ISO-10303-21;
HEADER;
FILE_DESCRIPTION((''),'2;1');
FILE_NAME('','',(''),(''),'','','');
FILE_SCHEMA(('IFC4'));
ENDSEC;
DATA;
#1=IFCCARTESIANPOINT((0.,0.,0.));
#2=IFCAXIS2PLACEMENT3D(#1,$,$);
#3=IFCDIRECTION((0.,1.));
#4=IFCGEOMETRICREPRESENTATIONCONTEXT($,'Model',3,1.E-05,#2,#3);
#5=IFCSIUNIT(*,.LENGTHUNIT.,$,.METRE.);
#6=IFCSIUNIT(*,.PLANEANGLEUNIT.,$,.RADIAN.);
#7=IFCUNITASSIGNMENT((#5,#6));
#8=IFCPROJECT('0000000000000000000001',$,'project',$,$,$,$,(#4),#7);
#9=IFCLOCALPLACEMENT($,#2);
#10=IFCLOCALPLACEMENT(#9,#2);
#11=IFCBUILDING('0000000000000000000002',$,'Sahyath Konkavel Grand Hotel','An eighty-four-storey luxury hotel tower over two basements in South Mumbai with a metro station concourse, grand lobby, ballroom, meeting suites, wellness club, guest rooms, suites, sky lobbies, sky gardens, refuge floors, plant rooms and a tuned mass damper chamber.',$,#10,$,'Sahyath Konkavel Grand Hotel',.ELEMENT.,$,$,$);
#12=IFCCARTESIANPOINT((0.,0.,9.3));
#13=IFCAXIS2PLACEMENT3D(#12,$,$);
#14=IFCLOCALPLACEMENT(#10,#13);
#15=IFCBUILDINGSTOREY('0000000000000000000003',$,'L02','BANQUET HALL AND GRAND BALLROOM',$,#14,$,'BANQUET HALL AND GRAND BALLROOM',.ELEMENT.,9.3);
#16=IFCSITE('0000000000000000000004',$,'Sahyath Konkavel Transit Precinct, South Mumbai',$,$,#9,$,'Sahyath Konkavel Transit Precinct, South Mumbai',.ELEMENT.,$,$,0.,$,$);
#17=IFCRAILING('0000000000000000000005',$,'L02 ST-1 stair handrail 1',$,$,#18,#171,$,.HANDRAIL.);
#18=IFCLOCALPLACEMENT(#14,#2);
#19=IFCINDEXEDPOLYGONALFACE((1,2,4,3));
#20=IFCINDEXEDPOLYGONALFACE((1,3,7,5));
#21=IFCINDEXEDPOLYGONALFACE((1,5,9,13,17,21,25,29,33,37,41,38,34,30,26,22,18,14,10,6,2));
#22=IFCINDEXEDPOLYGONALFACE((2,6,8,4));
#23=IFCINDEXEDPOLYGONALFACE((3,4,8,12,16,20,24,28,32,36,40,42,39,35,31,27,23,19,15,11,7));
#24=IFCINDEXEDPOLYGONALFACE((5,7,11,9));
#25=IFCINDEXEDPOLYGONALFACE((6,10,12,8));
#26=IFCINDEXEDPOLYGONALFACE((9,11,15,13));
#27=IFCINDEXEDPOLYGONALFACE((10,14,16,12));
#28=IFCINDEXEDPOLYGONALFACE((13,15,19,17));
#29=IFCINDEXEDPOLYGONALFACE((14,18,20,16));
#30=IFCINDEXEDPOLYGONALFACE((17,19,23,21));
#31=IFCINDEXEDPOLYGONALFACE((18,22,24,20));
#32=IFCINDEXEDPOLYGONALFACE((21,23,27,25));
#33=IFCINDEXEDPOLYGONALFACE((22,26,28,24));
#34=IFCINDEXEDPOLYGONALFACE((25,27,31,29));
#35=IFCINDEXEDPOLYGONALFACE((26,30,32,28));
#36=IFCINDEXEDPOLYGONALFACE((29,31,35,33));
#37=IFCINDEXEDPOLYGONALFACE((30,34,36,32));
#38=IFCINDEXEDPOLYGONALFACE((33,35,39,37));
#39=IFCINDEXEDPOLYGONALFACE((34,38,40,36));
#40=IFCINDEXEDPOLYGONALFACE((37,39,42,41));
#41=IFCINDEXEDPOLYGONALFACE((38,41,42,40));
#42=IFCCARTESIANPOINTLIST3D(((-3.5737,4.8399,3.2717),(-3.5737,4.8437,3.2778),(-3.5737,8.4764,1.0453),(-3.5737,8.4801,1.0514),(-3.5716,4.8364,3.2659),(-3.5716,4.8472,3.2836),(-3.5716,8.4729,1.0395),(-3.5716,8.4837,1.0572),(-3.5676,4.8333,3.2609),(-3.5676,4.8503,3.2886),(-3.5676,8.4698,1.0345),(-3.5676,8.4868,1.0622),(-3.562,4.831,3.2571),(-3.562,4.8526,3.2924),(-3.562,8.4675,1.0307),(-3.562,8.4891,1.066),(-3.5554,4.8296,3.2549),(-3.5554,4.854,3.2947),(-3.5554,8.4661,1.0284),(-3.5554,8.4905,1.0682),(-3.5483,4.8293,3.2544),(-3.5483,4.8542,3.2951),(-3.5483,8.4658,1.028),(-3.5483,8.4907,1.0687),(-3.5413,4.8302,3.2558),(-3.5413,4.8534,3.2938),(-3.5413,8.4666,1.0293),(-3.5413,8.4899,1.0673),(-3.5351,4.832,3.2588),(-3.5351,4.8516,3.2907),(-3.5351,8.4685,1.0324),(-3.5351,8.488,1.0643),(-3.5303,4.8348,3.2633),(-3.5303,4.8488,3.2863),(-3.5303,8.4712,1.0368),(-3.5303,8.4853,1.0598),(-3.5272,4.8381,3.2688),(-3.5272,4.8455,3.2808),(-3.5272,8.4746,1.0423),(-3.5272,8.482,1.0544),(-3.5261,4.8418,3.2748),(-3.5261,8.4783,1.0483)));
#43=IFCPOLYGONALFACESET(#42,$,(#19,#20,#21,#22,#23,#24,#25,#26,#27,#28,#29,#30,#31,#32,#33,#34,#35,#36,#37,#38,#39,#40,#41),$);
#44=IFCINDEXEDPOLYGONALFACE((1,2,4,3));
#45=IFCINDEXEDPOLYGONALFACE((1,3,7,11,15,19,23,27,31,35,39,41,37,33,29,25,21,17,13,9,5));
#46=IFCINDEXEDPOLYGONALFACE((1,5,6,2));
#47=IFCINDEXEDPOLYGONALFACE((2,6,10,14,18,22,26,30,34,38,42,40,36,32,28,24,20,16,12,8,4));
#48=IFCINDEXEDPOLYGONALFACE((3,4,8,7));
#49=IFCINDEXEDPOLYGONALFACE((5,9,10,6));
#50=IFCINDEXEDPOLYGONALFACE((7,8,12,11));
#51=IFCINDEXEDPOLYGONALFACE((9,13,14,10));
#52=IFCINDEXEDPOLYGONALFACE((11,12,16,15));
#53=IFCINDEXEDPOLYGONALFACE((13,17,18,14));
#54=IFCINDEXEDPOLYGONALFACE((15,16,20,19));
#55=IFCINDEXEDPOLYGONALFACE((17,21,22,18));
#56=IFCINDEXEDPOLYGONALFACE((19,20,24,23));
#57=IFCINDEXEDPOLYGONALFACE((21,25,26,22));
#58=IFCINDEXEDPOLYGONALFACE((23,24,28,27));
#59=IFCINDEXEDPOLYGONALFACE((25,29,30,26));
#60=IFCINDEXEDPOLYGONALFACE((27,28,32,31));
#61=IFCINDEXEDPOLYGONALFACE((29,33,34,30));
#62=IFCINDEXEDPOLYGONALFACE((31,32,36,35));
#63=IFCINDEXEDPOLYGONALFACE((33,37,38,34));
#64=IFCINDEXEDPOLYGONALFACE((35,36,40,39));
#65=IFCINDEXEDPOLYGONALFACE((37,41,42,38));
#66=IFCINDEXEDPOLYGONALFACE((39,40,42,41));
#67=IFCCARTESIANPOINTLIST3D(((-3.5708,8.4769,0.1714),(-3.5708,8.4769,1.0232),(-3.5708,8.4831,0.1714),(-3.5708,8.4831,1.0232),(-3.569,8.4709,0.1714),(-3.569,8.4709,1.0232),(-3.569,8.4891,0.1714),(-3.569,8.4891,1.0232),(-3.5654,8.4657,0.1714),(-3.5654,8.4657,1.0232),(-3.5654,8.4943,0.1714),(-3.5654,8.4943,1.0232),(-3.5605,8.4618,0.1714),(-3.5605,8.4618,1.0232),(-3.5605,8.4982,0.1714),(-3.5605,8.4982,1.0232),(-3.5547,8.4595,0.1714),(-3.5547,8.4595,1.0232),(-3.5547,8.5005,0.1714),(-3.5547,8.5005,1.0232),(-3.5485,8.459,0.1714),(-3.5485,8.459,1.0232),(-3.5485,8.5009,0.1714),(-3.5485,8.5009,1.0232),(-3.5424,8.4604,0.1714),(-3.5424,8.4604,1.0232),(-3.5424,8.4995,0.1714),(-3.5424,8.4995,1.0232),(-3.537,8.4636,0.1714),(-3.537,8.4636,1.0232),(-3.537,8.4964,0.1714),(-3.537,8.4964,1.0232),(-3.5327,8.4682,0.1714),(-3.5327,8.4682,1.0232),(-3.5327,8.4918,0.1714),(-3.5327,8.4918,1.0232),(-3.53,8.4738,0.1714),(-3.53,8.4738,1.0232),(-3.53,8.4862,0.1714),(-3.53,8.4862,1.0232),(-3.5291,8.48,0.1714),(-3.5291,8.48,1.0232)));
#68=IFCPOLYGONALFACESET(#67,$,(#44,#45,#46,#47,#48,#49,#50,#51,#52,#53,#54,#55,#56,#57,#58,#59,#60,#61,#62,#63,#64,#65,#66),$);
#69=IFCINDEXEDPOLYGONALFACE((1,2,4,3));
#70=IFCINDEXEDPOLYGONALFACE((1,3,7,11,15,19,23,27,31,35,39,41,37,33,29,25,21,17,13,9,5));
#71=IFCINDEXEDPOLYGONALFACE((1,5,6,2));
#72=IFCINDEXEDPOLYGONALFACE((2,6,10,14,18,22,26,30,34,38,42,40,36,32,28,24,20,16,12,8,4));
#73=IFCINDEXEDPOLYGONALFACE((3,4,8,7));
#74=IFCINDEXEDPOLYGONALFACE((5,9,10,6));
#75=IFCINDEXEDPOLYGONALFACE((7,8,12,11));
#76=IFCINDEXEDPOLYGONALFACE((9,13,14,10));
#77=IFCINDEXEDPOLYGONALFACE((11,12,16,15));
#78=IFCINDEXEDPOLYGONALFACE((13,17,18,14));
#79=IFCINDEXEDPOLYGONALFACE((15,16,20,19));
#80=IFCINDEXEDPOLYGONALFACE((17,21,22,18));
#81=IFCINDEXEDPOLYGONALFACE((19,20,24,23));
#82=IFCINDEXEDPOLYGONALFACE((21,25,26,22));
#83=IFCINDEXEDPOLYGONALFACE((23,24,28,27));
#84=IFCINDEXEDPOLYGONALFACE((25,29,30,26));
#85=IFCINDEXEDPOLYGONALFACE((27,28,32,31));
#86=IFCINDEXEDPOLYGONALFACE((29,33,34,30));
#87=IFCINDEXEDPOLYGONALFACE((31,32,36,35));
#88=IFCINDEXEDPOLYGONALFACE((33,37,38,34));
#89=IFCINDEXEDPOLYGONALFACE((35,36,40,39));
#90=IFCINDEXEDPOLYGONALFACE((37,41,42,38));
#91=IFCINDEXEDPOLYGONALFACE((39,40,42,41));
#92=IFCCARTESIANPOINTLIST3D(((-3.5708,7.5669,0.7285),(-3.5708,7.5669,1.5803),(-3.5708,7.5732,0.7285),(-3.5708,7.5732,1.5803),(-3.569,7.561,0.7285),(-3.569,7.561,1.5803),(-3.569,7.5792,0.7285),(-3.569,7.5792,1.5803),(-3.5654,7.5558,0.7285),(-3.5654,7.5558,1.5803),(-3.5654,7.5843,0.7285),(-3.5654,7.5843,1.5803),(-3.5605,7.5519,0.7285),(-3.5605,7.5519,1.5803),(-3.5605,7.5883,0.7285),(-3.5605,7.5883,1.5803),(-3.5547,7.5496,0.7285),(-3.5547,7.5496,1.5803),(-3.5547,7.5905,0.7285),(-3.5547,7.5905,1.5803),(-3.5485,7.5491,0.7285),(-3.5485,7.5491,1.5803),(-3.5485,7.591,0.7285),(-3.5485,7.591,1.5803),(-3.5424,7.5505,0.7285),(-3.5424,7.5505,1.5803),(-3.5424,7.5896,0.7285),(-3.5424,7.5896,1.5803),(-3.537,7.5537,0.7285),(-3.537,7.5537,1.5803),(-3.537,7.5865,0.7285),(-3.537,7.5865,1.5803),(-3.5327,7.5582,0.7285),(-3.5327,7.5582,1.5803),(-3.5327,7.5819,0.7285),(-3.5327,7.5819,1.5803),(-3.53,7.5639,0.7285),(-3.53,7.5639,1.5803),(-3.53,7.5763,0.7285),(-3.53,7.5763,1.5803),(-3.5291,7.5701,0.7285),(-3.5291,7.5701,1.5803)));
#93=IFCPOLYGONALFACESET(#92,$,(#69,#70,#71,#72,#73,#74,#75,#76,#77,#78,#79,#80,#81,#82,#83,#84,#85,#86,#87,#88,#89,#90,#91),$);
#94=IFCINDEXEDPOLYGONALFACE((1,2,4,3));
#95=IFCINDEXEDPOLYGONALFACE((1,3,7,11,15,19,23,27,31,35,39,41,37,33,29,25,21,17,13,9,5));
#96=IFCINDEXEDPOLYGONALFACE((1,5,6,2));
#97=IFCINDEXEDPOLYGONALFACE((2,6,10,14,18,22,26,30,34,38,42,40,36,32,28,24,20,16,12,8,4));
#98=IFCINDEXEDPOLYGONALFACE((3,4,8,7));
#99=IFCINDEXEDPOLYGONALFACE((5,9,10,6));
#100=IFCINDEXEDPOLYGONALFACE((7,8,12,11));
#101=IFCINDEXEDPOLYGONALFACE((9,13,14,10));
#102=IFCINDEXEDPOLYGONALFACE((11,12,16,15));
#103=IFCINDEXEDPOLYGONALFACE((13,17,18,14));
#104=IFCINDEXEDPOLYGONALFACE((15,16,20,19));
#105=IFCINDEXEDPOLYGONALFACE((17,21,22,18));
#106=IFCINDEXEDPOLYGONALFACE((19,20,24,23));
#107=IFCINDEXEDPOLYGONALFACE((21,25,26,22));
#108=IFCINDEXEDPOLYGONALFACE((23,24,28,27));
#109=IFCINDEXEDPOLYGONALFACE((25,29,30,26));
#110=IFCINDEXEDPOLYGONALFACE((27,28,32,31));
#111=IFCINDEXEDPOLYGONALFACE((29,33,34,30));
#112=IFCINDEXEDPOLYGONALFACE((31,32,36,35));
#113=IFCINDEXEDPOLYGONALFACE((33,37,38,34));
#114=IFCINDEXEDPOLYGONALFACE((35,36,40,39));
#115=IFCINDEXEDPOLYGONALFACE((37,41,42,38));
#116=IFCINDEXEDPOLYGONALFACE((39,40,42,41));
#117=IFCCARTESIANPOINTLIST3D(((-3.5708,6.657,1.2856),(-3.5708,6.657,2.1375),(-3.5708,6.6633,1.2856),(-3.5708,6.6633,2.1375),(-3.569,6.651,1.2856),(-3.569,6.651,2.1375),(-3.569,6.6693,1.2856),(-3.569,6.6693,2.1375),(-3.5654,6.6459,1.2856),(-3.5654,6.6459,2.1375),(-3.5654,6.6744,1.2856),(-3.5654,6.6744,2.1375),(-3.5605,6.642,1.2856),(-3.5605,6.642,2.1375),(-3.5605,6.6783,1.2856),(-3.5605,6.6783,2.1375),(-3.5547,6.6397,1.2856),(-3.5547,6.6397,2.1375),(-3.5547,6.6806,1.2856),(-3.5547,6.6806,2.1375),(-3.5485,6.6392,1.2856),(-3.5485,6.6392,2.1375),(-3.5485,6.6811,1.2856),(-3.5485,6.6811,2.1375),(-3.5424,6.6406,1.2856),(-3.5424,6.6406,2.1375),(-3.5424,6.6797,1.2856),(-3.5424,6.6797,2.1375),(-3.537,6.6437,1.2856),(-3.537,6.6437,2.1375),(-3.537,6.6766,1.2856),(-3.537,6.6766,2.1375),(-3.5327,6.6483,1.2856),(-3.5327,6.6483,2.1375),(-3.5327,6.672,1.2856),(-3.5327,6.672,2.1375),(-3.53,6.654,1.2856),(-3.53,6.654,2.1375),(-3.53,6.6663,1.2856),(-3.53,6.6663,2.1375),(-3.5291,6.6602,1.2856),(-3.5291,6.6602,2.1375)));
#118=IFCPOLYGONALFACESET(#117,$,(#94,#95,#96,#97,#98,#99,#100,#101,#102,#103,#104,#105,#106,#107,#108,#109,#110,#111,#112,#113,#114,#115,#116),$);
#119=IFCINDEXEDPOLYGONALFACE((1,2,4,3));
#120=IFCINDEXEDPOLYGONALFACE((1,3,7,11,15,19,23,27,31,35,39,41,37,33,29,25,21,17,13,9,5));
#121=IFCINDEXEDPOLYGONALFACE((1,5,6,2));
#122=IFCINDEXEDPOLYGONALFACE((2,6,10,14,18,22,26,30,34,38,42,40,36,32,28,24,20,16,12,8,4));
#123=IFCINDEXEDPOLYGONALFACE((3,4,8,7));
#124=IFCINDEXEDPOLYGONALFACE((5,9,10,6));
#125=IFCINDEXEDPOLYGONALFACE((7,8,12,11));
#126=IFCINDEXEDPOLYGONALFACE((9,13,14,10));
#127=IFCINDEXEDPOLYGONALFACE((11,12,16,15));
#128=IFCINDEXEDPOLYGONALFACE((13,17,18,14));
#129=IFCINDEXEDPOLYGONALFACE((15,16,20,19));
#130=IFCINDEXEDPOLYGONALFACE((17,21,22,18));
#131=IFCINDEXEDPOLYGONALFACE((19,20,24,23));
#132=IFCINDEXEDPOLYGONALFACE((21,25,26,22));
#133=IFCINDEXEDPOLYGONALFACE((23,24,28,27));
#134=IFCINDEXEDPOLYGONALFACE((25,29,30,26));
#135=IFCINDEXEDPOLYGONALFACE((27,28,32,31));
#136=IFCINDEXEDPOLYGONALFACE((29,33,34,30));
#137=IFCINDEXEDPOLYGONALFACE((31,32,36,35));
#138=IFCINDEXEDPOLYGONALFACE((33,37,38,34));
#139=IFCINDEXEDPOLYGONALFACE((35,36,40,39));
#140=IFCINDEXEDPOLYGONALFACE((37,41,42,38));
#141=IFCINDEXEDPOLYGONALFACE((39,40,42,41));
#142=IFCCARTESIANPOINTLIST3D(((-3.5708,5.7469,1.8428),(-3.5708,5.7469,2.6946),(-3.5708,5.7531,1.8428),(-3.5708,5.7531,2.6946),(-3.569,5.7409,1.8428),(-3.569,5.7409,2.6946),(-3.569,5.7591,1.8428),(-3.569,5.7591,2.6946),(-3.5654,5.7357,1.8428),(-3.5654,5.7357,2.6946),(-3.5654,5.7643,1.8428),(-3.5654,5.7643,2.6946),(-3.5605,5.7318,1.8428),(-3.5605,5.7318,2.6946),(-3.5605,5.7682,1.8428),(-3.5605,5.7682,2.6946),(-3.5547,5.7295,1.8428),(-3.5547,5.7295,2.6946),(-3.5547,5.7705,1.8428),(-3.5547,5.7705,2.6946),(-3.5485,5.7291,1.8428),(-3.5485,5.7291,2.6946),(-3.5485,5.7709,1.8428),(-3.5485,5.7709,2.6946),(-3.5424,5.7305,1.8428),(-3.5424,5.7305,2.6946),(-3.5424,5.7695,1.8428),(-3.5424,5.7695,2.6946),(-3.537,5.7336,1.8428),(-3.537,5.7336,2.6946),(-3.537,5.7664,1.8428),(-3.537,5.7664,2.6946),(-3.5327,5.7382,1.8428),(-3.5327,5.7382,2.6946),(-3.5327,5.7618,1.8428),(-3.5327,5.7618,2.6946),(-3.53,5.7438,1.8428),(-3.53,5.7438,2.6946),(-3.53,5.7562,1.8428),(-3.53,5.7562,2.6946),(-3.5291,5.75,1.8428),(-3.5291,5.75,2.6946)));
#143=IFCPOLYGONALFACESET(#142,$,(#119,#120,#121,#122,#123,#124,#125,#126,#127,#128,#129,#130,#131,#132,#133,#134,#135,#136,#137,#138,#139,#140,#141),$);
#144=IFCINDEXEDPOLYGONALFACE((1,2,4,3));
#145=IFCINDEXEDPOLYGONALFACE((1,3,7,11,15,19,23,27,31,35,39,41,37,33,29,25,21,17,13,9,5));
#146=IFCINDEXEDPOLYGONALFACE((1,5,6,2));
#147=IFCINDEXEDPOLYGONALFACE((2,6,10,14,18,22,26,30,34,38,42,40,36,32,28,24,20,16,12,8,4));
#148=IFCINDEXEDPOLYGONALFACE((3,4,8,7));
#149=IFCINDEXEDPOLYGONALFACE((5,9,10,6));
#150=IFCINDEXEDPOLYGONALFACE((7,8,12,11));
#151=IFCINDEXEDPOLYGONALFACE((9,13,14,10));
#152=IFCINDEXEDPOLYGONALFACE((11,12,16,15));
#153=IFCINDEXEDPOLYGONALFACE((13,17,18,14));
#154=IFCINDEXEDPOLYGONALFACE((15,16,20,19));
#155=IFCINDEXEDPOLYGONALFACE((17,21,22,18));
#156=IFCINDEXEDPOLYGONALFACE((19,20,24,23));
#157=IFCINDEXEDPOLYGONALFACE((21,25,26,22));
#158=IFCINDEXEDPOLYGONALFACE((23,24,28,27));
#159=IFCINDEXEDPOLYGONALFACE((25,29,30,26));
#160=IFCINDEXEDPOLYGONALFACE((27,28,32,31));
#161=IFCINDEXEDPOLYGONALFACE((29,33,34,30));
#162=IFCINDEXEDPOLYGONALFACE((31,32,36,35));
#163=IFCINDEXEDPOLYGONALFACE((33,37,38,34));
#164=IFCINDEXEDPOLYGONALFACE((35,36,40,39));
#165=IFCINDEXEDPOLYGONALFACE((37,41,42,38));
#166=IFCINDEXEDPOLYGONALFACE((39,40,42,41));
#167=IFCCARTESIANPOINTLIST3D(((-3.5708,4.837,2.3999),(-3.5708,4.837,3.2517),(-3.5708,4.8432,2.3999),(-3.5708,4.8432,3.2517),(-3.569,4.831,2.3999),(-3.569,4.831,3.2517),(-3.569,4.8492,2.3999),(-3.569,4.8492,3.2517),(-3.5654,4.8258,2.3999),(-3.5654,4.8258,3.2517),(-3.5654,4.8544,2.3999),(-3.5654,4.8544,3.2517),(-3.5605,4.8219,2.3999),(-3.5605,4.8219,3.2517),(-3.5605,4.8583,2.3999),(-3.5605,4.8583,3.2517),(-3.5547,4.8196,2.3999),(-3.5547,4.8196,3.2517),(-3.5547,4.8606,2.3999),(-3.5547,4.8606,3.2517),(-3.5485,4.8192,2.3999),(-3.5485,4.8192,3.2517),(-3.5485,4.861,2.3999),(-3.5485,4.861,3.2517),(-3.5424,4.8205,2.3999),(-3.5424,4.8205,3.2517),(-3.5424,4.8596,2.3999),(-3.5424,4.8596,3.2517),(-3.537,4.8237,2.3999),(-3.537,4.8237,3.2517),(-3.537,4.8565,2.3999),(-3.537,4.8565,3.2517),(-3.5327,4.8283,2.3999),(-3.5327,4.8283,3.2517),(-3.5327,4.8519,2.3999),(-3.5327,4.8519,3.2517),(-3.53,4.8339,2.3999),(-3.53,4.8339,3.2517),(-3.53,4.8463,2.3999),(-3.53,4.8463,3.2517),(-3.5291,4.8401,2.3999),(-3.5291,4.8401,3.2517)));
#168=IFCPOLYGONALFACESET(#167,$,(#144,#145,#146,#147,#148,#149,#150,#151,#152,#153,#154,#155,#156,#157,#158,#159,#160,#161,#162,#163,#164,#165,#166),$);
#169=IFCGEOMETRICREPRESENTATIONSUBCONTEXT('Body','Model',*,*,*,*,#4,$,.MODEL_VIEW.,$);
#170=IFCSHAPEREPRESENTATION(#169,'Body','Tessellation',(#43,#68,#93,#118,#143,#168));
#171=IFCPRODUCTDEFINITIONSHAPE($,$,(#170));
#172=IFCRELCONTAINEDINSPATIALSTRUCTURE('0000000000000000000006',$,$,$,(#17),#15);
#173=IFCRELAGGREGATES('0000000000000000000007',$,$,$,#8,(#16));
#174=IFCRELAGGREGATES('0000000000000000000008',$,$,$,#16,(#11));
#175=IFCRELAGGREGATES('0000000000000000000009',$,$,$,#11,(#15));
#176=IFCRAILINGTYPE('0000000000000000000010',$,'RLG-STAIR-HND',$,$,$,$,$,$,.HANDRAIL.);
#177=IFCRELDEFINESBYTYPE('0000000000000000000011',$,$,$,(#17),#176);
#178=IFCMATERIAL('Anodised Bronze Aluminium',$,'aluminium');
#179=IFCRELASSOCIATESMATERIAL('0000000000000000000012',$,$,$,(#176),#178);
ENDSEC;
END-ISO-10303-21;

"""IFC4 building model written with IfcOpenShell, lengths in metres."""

from ifc_helpers import new_model, si_unit, direction, frame, origin, origin_2d, place, context, subcontext, project, spatial, circle, extrude, material, type_object, element, save


model = new_model("IFC4")

# Units and contexts
model_context = context("Model", 3, precision=1e-05, world=origin(), true_north=direction((0.0, 1.0)))
body_context = subcontext(model_context, "Body", "Model", "MODEL_VIEW")
ifc_project = project(units=[si_unit("LENGTHUNIT", "METRE"), si_unit("PLANEANGLEUNIT", "RADIAN")], contexts=[model_context])

# Site, building, storey
site_placement = place(None, origin())
site = spatial("IfcSite", under=ifc_project, at=site_placement, Name="Sahyath Konkavel Transit Precinct, South Mumbai", LongName="Sahyath Konkavel Transit Precinct, South Mumbai", CompositionType="ELEMENT", RefElevation=0.0)
building_placement = place(site_placement, origin())
building = spatial("IfcBuilding", under=site, at=building_placement, Name="Sahyath Konkavel Grand Hotel", Description="An eighty-four-storey luxury hotel tower over two basements in South Mumbai with a metro station concourse, grand lobby, ballroom, meeting suites, wellness club, guest rooms, suites, sky lobbies, sky gardens, refuge floors, plant rooms and a tuned mass damper chamber.", LongName="Sahyath Konkavel Grand Hotel", CompositionType="ELEMENT")
storey_placement = place(building_placement, frame((0.0, 0.0, 9.3)))
storey = spatial("IfcBuildingStorey", under=building, at=storey_placement, Name="L02", Description="BANQUET HALL AND GRAND BALLROOM", LongName="BANQUET HALL AND GRAND BALLROOM", CompositionType="ELEMENT", Elevation=9.3)

# Shared definitions
ifc_material_1 = material(Name="Anodised Bronze Aluminium", Category="aluminium")

# Railing
railing_type_1 = type_object("IfcRailingType", Name="RLG-STAIR-HND", PredefinedType="HANDRAIL", material=ifc_material_1)
railing_1_placement = place(storey_placement, frame((-3.55, 8.48, 0.1714)))
element("IfcRailing", 1, at=railing_1_placement, inside=storey, type_object=railing_type_1, Name="L02 ST-1 stair handrail 1", PredefinedType="HANDRAIL", context=body_context, shape_type="SweptSolid", body=[
    extrude(circle(Radius=0.0239, at=origin_2d()), frame((0.0, -0.0017, 0.877), z_axis=(0.0, -0.85285, 0.522156), x_axis=(1.0, 0.0, 0.0)), (0.0, 0.0, 1.0), 4.2639),
    extrude(circle(Radius=0.021, at=origin_2d()), origin(), (0.0, 0.0, 1.0), 0.8518),
    extrude(circle(Radius=0.021, at=origin_2d()), frame((0.0, -0.9099, 0.5571)), (0.0, 0.0, 1.0), 0.8518),
    extrude(circle(Radius=0.021, at=origin_2d()), frame((0.0, -1.8198, 1.1143)), (0.0, 0.0, 1.0), 0.8518),
    extrude(circle(Radius=0.021, at=origin_2d()), frame((0.0, -2.73, 1.6714)), (0.0, 0.0, 1.0), 0.8518),
    extrude(circle(Radius=0.021, at=origin_2d()), frame((0.0, -3.6399, 2.2285)), (0.0, 0.0, 1.0), 0.8518),
])

save(model, "model.ifc")
